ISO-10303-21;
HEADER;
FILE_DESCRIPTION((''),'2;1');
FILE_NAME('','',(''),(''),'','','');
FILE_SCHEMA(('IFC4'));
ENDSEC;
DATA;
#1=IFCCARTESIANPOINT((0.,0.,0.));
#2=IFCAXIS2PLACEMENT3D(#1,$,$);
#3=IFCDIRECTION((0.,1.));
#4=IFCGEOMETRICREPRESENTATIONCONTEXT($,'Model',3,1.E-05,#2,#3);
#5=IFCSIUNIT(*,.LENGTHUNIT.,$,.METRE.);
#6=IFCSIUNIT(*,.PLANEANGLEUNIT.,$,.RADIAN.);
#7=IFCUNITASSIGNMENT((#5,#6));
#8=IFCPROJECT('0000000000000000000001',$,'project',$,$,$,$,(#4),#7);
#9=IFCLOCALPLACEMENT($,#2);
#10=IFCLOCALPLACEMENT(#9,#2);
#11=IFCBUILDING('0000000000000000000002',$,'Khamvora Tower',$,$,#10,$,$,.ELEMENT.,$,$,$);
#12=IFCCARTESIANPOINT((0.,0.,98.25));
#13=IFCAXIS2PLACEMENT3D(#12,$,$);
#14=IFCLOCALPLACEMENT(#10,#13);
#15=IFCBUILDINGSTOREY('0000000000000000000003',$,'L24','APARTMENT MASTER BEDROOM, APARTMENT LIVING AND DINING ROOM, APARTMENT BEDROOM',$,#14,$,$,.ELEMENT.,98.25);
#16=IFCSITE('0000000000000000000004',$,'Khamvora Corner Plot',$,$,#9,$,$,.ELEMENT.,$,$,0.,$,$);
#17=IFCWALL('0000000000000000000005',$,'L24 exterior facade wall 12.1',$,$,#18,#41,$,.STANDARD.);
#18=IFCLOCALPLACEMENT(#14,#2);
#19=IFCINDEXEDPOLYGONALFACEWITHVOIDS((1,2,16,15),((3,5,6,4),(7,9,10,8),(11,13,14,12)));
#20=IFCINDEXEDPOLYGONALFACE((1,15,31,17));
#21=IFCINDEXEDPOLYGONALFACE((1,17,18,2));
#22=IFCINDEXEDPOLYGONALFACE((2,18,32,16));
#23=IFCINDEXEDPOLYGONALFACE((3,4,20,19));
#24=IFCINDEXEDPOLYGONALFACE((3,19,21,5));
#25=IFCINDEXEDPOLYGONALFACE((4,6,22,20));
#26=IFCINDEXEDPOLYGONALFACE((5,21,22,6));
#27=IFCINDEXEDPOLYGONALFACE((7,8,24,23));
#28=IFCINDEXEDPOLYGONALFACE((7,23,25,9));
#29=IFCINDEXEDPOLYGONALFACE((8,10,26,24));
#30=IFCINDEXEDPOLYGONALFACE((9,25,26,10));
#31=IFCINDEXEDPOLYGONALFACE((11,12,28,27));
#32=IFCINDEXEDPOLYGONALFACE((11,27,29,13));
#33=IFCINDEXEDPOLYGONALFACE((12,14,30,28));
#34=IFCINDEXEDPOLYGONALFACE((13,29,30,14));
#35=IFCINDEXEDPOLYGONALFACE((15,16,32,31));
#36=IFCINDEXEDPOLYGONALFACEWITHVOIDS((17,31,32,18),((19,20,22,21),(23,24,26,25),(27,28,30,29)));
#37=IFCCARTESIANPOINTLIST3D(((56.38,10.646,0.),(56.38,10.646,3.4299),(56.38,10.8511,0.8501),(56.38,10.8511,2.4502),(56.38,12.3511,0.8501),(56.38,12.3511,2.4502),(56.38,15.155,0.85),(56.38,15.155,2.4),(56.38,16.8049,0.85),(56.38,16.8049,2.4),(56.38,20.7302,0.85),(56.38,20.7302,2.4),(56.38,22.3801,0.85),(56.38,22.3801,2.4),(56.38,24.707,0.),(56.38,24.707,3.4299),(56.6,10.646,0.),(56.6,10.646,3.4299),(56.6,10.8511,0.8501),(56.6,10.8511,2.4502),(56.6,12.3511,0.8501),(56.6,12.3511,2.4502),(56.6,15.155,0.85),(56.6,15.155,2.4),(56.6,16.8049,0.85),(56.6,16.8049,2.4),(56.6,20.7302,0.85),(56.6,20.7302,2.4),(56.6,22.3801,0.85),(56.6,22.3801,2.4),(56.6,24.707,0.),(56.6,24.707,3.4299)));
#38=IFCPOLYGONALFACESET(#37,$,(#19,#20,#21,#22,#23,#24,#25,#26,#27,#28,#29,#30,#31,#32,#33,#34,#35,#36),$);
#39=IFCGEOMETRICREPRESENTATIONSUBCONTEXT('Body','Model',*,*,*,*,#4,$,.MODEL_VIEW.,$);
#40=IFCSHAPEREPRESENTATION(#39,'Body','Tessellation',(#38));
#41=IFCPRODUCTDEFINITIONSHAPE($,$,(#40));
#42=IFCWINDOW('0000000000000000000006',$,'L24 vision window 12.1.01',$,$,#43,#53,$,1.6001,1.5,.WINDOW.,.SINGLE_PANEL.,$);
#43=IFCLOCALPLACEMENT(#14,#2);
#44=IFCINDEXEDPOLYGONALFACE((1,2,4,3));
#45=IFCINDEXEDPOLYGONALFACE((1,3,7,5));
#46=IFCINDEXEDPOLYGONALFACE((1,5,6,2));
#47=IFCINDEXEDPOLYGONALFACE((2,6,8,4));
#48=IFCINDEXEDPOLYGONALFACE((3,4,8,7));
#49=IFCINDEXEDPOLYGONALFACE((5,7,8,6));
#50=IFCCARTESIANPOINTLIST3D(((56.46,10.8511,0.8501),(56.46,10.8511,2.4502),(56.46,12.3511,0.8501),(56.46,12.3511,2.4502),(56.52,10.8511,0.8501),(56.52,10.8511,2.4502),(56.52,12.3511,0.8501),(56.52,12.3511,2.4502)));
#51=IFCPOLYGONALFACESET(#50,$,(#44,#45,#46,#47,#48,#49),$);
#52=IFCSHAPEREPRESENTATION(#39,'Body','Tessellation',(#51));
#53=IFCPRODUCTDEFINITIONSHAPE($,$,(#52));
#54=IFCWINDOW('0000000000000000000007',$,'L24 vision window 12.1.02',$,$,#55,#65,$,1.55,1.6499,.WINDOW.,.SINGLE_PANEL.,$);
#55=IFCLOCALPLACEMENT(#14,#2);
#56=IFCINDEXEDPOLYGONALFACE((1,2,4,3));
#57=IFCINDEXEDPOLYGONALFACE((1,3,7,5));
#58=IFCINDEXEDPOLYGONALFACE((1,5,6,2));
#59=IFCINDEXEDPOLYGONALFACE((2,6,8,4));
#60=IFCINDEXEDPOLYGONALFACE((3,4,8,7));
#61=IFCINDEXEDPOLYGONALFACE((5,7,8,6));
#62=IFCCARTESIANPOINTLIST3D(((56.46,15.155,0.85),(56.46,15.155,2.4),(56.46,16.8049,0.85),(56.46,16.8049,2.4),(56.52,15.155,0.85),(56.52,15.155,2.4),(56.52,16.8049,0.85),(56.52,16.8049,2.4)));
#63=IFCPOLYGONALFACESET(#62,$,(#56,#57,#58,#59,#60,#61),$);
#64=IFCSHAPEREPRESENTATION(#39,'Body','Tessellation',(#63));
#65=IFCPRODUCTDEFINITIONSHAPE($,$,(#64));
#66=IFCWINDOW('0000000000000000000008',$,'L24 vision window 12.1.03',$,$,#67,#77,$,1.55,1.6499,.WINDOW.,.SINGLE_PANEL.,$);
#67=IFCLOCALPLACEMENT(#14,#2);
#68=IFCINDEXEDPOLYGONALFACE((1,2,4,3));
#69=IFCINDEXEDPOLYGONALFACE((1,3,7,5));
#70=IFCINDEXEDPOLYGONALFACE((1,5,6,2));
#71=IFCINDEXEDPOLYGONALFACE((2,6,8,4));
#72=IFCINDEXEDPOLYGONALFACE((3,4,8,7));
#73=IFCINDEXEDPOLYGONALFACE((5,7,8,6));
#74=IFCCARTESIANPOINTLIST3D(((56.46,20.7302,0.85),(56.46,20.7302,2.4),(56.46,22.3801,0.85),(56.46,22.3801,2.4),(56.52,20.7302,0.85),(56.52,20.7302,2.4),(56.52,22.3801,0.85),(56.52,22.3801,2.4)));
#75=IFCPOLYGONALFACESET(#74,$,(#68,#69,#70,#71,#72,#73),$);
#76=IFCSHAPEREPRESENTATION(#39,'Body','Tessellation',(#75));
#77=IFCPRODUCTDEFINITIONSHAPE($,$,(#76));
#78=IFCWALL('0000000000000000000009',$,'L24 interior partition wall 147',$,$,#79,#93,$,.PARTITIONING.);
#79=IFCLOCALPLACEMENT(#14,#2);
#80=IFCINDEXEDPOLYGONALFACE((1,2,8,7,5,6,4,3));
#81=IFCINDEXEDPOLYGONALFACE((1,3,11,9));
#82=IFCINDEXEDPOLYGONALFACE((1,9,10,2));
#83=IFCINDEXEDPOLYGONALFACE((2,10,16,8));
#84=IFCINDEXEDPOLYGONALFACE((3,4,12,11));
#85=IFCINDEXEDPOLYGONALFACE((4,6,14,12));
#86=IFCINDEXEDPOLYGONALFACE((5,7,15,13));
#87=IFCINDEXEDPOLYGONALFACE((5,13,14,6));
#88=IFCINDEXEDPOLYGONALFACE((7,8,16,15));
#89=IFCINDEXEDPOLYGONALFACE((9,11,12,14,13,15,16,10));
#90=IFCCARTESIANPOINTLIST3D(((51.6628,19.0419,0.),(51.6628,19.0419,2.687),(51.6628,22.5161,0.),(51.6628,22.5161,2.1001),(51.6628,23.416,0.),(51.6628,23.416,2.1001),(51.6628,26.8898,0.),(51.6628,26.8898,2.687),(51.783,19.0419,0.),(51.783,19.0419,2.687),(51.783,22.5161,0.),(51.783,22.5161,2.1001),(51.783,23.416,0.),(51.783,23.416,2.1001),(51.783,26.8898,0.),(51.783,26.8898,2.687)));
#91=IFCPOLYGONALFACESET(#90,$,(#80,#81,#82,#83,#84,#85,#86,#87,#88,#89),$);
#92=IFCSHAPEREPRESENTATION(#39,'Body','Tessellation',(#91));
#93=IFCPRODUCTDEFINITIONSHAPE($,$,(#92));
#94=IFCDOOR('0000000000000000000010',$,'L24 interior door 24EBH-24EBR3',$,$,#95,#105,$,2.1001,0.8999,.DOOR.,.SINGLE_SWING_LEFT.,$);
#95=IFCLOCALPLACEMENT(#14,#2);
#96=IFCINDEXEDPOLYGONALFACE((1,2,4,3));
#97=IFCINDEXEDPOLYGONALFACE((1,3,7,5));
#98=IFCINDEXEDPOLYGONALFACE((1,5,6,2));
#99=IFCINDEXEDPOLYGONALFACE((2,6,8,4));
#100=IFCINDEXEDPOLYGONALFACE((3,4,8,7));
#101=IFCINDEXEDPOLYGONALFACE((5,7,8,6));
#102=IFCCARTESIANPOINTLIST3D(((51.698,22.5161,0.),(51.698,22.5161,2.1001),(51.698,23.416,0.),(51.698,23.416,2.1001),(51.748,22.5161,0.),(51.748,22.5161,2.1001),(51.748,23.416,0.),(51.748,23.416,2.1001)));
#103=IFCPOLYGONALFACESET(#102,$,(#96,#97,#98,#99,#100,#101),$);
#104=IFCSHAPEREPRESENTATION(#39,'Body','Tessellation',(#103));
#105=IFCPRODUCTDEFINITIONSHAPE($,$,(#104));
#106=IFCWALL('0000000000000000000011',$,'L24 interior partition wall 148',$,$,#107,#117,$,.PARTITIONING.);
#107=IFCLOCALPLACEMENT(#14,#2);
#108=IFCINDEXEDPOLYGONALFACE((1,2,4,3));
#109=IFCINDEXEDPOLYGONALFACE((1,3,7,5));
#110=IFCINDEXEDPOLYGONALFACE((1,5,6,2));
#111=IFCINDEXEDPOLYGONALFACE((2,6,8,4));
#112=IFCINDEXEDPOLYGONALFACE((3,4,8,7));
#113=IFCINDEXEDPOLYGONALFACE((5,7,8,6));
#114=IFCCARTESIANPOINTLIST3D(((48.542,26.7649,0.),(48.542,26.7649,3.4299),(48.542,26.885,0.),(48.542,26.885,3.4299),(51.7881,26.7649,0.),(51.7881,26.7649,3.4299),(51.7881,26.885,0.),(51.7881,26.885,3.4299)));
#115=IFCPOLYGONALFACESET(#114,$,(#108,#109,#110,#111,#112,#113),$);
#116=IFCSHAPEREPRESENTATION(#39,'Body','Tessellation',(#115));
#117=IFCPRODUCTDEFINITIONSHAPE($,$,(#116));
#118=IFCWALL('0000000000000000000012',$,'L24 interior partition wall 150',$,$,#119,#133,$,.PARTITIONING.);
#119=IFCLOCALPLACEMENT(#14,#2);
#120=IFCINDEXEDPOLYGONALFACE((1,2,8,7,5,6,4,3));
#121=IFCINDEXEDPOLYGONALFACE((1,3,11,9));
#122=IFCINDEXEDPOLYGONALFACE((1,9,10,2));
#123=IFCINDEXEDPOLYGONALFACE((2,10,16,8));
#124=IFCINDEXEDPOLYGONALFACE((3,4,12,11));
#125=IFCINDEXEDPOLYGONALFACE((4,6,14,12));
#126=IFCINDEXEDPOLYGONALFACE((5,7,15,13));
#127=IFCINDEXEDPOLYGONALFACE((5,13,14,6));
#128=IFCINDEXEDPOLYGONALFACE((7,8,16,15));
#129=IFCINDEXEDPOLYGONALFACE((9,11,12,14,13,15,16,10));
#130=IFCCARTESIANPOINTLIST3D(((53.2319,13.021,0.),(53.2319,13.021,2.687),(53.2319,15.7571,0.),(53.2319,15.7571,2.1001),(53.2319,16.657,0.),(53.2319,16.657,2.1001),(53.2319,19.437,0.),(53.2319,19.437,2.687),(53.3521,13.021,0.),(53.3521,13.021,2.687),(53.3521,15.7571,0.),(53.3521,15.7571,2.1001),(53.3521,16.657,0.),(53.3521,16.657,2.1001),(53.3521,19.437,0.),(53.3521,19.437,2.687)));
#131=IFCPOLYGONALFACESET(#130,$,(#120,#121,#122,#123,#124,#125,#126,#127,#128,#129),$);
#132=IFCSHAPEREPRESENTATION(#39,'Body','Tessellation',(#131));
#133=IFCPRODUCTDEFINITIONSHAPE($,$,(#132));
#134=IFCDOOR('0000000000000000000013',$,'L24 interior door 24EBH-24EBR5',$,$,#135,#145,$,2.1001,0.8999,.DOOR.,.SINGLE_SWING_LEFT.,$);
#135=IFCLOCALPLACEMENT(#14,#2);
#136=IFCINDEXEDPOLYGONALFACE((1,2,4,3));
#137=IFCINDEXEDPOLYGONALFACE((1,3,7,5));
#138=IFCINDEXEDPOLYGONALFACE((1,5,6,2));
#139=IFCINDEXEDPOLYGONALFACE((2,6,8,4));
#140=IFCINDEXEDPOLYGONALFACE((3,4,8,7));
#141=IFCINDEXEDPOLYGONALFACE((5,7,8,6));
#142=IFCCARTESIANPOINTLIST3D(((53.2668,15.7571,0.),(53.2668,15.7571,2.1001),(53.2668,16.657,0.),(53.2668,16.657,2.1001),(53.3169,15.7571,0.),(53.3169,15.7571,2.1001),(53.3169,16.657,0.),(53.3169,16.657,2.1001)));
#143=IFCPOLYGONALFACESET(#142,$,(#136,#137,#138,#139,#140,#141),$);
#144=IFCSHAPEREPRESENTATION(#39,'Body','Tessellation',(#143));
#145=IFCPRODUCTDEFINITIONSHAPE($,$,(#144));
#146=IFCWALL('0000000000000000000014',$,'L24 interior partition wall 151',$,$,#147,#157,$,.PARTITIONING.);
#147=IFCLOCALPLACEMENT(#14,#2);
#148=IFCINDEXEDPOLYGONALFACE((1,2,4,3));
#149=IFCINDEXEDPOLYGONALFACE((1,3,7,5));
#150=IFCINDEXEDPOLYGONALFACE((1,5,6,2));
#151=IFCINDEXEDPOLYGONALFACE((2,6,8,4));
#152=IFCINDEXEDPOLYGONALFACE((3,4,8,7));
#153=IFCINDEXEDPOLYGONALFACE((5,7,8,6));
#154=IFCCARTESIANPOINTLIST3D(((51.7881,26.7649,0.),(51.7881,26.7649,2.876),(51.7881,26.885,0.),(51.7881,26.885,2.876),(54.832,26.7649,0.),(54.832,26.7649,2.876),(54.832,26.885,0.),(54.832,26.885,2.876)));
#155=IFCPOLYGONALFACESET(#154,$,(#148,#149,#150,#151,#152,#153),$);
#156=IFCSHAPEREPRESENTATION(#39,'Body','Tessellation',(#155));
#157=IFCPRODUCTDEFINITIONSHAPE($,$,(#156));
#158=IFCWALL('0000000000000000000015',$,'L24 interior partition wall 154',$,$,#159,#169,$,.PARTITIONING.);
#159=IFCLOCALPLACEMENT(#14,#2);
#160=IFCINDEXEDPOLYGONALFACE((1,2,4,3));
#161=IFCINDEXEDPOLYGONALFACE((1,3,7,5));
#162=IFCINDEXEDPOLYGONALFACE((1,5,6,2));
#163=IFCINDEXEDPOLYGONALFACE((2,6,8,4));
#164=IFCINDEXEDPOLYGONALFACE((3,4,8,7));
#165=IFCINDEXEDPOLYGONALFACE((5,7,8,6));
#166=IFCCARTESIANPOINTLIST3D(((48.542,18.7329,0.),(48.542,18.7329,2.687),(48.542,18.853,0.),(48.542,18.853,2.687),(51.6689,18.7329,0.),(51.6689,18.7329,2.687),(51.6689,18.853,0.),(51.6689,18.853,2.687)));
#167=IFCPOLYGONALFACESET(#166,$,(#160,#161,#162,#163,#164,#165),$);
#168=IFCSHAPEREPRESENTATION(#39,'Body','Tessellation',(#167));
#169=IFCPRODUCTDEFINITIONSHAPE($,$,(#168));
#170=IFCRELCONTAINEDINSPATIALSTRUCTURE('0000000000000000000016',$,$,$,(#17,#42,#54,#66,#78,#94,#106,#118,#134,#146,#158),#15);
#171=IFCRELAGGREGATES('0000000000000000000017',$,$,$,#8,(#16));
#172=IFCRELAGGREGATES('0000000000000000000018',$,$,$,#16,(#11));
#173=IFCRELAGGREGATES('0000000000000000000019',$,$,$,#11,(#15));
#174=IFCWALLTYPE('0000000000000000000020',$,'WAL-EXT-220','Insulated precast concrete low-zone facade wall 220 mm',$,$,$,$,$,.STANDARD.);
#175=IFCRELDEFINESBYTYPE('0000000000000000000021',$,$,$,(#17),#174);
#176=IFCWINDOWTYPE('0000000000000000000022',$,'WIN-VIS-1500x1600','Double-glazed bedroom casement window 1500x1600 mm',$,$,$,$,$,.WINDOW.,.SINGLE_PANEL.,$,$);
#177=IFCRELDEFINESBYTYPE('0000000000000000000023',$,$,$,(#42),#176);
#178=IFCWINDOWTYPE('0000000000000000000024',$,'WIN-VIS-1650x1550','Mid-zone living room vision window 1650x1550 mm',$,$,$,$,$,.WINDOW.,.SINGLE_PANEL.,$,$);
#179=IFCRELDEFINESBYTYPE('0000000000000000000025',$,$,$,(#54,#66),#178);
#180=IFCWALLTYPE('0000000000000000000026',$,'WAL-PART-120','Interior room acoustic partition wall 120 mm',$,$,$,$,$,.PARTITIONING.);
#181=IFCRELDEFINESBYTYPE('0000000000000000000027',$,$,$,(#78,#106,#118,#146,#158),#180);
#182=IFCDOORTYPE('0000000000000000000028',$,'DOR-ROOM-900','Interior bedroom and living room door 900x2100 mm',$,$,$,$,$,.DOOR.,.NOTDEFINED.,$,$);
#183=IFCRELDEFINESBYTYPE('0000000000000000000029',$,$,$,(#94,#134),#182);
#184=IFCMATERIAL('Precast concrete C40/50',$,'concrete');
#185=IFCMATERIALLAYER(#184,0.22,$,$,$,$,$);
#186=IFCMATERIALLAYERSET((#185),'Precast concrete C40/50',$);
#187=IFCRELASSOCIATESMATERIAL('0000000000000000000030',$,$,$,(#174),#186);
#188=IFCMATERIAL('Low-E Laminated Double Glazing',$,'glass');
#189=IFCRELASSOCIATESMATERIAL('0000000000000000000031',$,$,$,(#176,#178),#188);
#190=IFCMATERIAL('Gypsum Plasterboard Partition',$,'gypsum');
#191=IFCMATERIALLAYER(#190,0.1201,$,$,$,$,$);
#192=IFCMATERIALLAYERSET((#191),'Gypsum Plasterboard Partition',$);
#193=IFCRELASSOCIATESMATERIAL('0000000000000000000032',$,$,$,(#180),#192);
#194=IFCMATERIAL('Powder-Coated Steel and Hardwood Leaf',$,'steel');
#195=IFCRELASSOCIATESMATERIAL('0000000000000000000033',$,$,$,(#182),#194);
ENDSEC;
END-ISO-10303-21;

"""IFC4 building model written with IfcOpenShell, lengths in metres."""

from ifc_helpers import new_model, si_unit, direction, frame, frame_2d, origin, place, context, subcontext, project, spatial, rectangle, extrude, material, layer, layer_set, type_object, element, fill, save


model = new_model("IFC4")

# Units and contexts
model_context = context("Model", 3, precision=1e-05, world=origin(), true_north=direction((0.0, 1.0)))
body_context = subcontext(model_context, "Body", "Model", "MODEL_VIEW")
ifc_project = project(units=[si_unit("LENGTHUNIT", "METRE"), si_unit("PLANEANGLEUNIT", "RADIAN")], contexts=[model_context])

# Site, building, storey
site_placement = place(None, origin())
site = spatial("IfcSite", under=ifc_project, at=site_placement, Name="Khamvora Corner Plot", CompositionType="ELEMENT", RefElevation=0.0)
building_placement = place(site_placement, origin())
building = spatial("IfcBuilding", under=site, at=building_placement, Name="Khamvora Tower", CompositionType="ELEMENT")
storey_placement = place(building_placement, frame((0.0, 0.0, 98.25)))
storey = spatial("IfcBuildingStorey", under=building, at=storey_placement, Name="L24", Description="APARTMENT MASTER BEDROOM, APARTMENT LIVING AND DINING ROOM, APARTMENT BEDROOM", CompositionType="ELEMENT", Elevation=98.25)

# Shared definitions
ifc_material_1 = material(Name="Precast concrete C40/50", Category="concrete")
ifc_layer_1 = layer(ifc_material_1, 0.22)
ifc_layer_set_1 = layer_set([ifc_layer_1], Name="Precast concrete C40/50")
wall_type_1 = type_object("IfcWallType", Name="WAL-EXT-220", Description="Insulated precast concrete low-zone facade wall 220 mm", PredefinedType="STANDARD", material=ifc_layer_set_1)

# Wall, openings, windows
wall_1_placement = place(storey_placement, frame((56.49, 24.707, 0.0), z_axis=(0.0, 0.0, 1.0), x_axis=(0.0, -1.0, 0.0)))
wall_1 = element("IfcWall", 1, at=wall_1_placement, inside=storey, type_object=wall_type_1, Name="L24 exterior facade wall 12.1", PredefinedType="STANDARD", context=body_context, shape_type="SweptSolid", body=[
    extrude(rectangle(XDim=14.061, YDim=0.22, at=frame_2d((7.0305, 0.0))), origin(), (0.0, 0.0, 1.0), 3.4299),
])
opening_1_placement = place(wall_1_placement, frame((12.356, 0.0, 0.8501)))
opening_1 = element("IfcOpeningElement", 2, at=opening_1_placement, cuts=wall_1, PredefinedType="OPENING", context=body_context, shape_type="SweptSolid", body=[
    extrude(rectangle(XDim=1.5, YDim=1.6001, at=frame_2d((0.75, 0.8))), frame((0.0, 0.1199, 0.0), z_axis=(0.0, -1.0, 0.0), x_axis=(1.0, 0.0, 0.0)), (0.0, 0.0, 1.0), 0.24),
])
opening_2_placement = place(wall_1_placement, frame((7.9021, 0.0, 0.8501)))
opening_2 = element("IfcOpeningElement", 3, at=opening_2_placement, cuts=wall_1, PredefinedType="OPENING", context=body_context, shape_type="SweptSolid", body=[
    extrude(rectangle(XDim=1.6499, YDim=1.55, at=frame_2d((0.825, 0.7749))), frame((0.0, 0.1199, 0.0), z_axis=(0.0, -1.0, 0.0), x_axis=(1.0, 0.0, 0.0)), (0.0, 0.0, 1.0), 0.24),
])
opening_3_placement = place(wall_1_placement, frame((2.3269, 0.0, 0.8501)))
opening_3 = element("IfcOpeningElement", 4, at=opening_3_placement, cuts=wall_1, PredefinedType="OPENING", context=body_context, shape_type="SweptSolid", body=[
    extrude(rectangle(XDim=1.6499, YDim=1.55, at=frame_2d((0.825, 0.7749))), frame((0.0, 0.1199, 0.0), z_axis=(0.0, -1.0, 0.0), x_axis=(1.0, 0.0, 0.0)), (0.0, 0.0, 1.0), 0.24),
])
ifc_material_2 = material(Name="Low-E Laminated Double Glazing", Category="glass")
window_type_1 = type_object("IfcWindowType", Name="WIN-VIS-1500x1600", Description="Double-glazed bedroom casement window 1500x1600 mm", PartitioningType="SINGLE_PANEL", PredefinedType="WINDOW", material=ifc_material_2)
window_1_placement = place(opening_1_placement, origin())
window_1 = element("IfcWindow", 5, at=window_1_placement, inside=storey, type_object=window_type_1, Name="L24 vision window 12.1.01", OverallHeight=1.6001, OverallWidth=1.5, PartitioningType="SINGLE_PANEL", PredefinedType="WINDOW", context=body_context, shape_type="SweptSolid", body=[
    extrude(rectangle(XDim=1.5, YDim=1.6001, at=frame_2d((0.75, 0.8))), frame((0.0, 0.03, 0.0), z_axis=(0.0, -1.0, 0.0), x_axis=(1.0, 0.0, 0.0)), (0.0, 0.0, 1.0), 0.0601),
])
fill(opening_1, window_1)
window_type_2 = type_object("IfcWindowType", Name="WIN-VIS-1650x1550", Description="Mid-zone living room vision window 1650x1550 mm", PartitioningType="SINGLE_PANEL", PredefinedType="WINDOW", material=ifc_material_2)
window_2_placement = place(opening_2_placement, origin())
window_2 = element("IfcWindow", 6, at=window_2_placement, inside=storey, type_object=window_type_2, Name="L24 vision window 12.1.02", OverallHeight=1.55, OverallWidth=1.6499, PartitioningType="SINGLE_PANEL", PredefinedType="WINDOW", context=body_context, shape_type="SweptSolid", body=[
    extrude(rectangle(XDim=1.6499, YDim=1.55, at=frame_2d((0.825, 0.7749))), frame((0.0, 0.03, 0.0), z_axis=(0.0, -1.0, 0.0), x_axis=(1.0, 0.0, 0.0)), (0.0, 0.0, 1.0), 0.0601),
])
fill(opening_2, window_2)
window_3_placement = place(opening_3_placement, origin())
window_3 = element("IfcWindow", 7, at=window_3_placement, inside=storey, type_object=window_type_2, Name="L24 vision window 12.1.03", OverallHeight=1.55, OverallWidth=1.6499, PartitioningType="SINGLE_PANEL", PredefinedType="WINDOW", context=body_context, shape_type="SweptSolid", body=[
    extrude(rectangle(XDim=1.6499, YDim=1.55, at=frame_2d((0.825, 0.7749))), frame((0.0, 0.03, 0.0), z_axis=(0.0, -1.0, 0.0), x_axis=(1.0, 0.0, 0.0)), (0.0, 0.0, 1.0), 0.0601),
])
fill(opening_3, window_3)

# Wall, opening, door
ifc_material_3 = material(Name="Gypsum Plasterboard Partition", Category="gypsum")
ifc_layer_2 = layer(ifc_material_3, 0.1201)
ifc_layer_set_2 = layer_set([ifc_layer_2], Name="Gypsum Plasterboard Partition")
wall_type_2 = type_object("IfcWallType", Name="WAL-PART-120", Description="Interior room acoustic partition wall 120 mm", PredefinedType="PARTITIONING", material=ifc_layer_set_2)
wall_2_placement = place(storey_placement, frame((51.7229, 19.042, 0.0), z_axis=(0.0, 0.0, 1.0), x_axis=(0.0, 1.0, 0.0)))
wall_2 = element("IfcWall", 8, at=wall_2_placement, inside=storey, type_object=wall_type_2, Name="L24 interior partition wall 147", PredefinedType="PARTITIONING", context=body_context, shape_type="SweptSolid", body=[
    extrude(rectangle(XDim=7.8479, YDim=0.1201, at=frame_2d((3.9238, 0.0))), origin(), (0.0, 0.0, 1.0), 2.687),
])
opening_4_placement = place(wall_2_placement, frame((3.4741, 0.0, 0.0)))
opening_4 = element("IfcOpeningElement", 9, at=opening_4_placement, cuts=wall_2, PredefinedType="OPENING", context=body_context, shape_type="SweptSolid", body=[
    extrude(rectangle(XDim=0.8999, YDim=2.1001, at=frame_2d((0.45, 1.05))), frame((0.0, 0.0701, 0.0), z_axis=(0.0, -1.0, 0.0), x_axis=(1.0, 0.0, 0.0)), (0.0, 0.0, 1.0), 0.1401),
])
ifc_material_4 = material(Name="Powder-Coated Steel and Hardwood Leaf", Category="steel")
door_type = type_object("IfcDoorType", Name="DOR-ROOM-900", Description="Interior bedroom and living room door 900x2100 mm", OperationType="NOTDEFINED", PredefinedType="DOOR", material=ifc_material_4)
door_1_placement = place(opening_4_placement, origin())
door_1 = element("IfcDoor", 10, at=door_1_placement, inside=storey, type_object=door_type, Name="L24 interior door 24EBH-24EBR3", OperationType="SINGLE_SWING_LEFT", OverallHeight=2.1001, OverallWidth=0.8999, PredefinedType="DOOR", context=body_context, shape_type="SweptSolid", body=[
    extrude(rectangle(XDim=0.8999, YDim=2.1001, at=frame_2d((0.45, 1.05))), frame((0.0, 0.0249, 0.0), z_axis=(0.0, -1.0, 0.0), x_axis=(1.0, 0.0, 0.0)), (0.0, 0.0, 1.0), 0.05),
])
fill(opening_4, door_1)

# Wall
wall_3_placement = place(storey_placement, frame((51.7881, 26.825, 0.0), z_axis=(0.0, 0.0, 1.0), x_axis=(-1.0, 0.0, 0.0)))
element("IfcWall", 11, at=wall_3_placement, inside=storey, type_object=wall_type_2, Name="L24 interior partition wall 148", PredefinedType="PARTITIONING", context=body_context, shape_type="SweptSolid", body=[
    extrude(rectangle(XDim=3.2461, YDim=0.1201, at=frame_2d((1.623, 0.0))), origin(), (0.0, 0.0, 1.0), 3.4299),
])

# Wall, opening, door
wall_4_placement = place(storey_placement, frame((53.292, 19.437, 0.0), z_axis=(0.0, 0.0, 1.0), x_axis=(0.0, -1.0, 0.0)))
wall_4 = element("IfcWall", 12, at=wall_4_placement, inside=storey, type_object=wall_type_2, Name="L24 interior partition wall 150", PredefinedType="PARTITIONING", context=body_context, shape_type="SweptSolid", body=[
    extrude(rectangle(XDim=6.416, YDim=0.1201, at=frame_2d((3.208, 0.0))), origin(), (0.0, 0.0, 1.0), 2.687),
])
opening_5_placement = place(wall_4_placement, frame((2.78, 0.0, 0.0)))
opening_5 = element("IfcOpeningElement", 13, at=opening_5_placement, cuts=wall_4, PredefinedType="OPENING", context=body_context, shape_type="SweptSolid", body=[
    extrude(rectangle(XDim=0.8999, YDim=2.1001, at=frame_2d((0.45, 1.05))), frame((0.0, 0.0701, 0.0), z_axis=(0.0, -1.0, 0.0), x_axis=(1.0, 0.0, 0.0)), (0.0, 0.0, 1.0), 0.1401),
])
door_2_placement = place(opening_5_placement, origin())
door_2 = element("IfcDoor", 14, at=door_2_placement, inside=storey, type_object=door_type, Name="L24 interior door 24EBH-24EBR5", OperationType="SINGLE_SWING_LEFT", OverallHeight=2.1001, OverallWidth=0.8999, PredefinedType="DOOR", context=body_context, shape_type="SweptSolid", body=[
    extrude(rectangle(XDim=0.8999, YDim=2.1001, at=frame_2d((0.45, 1.05))), frame((0.0, 0.0249, 0.0), z_axis=(0.0, -1.0, 0.0), x_axis=(1.0, 0.0, 0.0)), (0.0, 0.0, 1.0), 0.05),
])
fill(opening_5, door_2)

# Walls
wall_5_placement = place(storey_placement, frame((54.832, 26.825, 0.0), z_axis=(0.0, 0.0, 1.0), x_axis=(-1.0, 0.0, 0.0)))
element("IfcWall", 15, at=wall_5_placement, inside=storey, type_object=wall_type_2, Name="L24 interior partition wall 151", PredefinedType="PARTITIONING", context=body_context, shape_type="SweptSolid", body=[
    extrude(rectangle(XDim=3.0439, YDim=0.1201, at=frame_2d((1.522, 0.0))), origin(), (0.0, 0.0, 1.0), 2.876),
])
wall_6_placement = place(storey_placement, frame((48.542, 18.793, 0.0), z_axis=(0.0, 0.0, 1.0), x_axis=(1.0, 0.0, 0.0)))
element("IfcWall", 16, at=wall_6_placement, inside=storey, type_object=wall_type_2, Name="L24 interior partition wall 154", PredefinedType="PARTITIONING", context=body_context, shape_type="SweptSolid", body=[
    extrude(rectangle(XDim=3.127, YDim=0.1201, at=frame_2d((1.5635, 0.0))), origin(), (0.0, 0.0, 1.0), 2.687),
])

save(model, "model.ifc")
